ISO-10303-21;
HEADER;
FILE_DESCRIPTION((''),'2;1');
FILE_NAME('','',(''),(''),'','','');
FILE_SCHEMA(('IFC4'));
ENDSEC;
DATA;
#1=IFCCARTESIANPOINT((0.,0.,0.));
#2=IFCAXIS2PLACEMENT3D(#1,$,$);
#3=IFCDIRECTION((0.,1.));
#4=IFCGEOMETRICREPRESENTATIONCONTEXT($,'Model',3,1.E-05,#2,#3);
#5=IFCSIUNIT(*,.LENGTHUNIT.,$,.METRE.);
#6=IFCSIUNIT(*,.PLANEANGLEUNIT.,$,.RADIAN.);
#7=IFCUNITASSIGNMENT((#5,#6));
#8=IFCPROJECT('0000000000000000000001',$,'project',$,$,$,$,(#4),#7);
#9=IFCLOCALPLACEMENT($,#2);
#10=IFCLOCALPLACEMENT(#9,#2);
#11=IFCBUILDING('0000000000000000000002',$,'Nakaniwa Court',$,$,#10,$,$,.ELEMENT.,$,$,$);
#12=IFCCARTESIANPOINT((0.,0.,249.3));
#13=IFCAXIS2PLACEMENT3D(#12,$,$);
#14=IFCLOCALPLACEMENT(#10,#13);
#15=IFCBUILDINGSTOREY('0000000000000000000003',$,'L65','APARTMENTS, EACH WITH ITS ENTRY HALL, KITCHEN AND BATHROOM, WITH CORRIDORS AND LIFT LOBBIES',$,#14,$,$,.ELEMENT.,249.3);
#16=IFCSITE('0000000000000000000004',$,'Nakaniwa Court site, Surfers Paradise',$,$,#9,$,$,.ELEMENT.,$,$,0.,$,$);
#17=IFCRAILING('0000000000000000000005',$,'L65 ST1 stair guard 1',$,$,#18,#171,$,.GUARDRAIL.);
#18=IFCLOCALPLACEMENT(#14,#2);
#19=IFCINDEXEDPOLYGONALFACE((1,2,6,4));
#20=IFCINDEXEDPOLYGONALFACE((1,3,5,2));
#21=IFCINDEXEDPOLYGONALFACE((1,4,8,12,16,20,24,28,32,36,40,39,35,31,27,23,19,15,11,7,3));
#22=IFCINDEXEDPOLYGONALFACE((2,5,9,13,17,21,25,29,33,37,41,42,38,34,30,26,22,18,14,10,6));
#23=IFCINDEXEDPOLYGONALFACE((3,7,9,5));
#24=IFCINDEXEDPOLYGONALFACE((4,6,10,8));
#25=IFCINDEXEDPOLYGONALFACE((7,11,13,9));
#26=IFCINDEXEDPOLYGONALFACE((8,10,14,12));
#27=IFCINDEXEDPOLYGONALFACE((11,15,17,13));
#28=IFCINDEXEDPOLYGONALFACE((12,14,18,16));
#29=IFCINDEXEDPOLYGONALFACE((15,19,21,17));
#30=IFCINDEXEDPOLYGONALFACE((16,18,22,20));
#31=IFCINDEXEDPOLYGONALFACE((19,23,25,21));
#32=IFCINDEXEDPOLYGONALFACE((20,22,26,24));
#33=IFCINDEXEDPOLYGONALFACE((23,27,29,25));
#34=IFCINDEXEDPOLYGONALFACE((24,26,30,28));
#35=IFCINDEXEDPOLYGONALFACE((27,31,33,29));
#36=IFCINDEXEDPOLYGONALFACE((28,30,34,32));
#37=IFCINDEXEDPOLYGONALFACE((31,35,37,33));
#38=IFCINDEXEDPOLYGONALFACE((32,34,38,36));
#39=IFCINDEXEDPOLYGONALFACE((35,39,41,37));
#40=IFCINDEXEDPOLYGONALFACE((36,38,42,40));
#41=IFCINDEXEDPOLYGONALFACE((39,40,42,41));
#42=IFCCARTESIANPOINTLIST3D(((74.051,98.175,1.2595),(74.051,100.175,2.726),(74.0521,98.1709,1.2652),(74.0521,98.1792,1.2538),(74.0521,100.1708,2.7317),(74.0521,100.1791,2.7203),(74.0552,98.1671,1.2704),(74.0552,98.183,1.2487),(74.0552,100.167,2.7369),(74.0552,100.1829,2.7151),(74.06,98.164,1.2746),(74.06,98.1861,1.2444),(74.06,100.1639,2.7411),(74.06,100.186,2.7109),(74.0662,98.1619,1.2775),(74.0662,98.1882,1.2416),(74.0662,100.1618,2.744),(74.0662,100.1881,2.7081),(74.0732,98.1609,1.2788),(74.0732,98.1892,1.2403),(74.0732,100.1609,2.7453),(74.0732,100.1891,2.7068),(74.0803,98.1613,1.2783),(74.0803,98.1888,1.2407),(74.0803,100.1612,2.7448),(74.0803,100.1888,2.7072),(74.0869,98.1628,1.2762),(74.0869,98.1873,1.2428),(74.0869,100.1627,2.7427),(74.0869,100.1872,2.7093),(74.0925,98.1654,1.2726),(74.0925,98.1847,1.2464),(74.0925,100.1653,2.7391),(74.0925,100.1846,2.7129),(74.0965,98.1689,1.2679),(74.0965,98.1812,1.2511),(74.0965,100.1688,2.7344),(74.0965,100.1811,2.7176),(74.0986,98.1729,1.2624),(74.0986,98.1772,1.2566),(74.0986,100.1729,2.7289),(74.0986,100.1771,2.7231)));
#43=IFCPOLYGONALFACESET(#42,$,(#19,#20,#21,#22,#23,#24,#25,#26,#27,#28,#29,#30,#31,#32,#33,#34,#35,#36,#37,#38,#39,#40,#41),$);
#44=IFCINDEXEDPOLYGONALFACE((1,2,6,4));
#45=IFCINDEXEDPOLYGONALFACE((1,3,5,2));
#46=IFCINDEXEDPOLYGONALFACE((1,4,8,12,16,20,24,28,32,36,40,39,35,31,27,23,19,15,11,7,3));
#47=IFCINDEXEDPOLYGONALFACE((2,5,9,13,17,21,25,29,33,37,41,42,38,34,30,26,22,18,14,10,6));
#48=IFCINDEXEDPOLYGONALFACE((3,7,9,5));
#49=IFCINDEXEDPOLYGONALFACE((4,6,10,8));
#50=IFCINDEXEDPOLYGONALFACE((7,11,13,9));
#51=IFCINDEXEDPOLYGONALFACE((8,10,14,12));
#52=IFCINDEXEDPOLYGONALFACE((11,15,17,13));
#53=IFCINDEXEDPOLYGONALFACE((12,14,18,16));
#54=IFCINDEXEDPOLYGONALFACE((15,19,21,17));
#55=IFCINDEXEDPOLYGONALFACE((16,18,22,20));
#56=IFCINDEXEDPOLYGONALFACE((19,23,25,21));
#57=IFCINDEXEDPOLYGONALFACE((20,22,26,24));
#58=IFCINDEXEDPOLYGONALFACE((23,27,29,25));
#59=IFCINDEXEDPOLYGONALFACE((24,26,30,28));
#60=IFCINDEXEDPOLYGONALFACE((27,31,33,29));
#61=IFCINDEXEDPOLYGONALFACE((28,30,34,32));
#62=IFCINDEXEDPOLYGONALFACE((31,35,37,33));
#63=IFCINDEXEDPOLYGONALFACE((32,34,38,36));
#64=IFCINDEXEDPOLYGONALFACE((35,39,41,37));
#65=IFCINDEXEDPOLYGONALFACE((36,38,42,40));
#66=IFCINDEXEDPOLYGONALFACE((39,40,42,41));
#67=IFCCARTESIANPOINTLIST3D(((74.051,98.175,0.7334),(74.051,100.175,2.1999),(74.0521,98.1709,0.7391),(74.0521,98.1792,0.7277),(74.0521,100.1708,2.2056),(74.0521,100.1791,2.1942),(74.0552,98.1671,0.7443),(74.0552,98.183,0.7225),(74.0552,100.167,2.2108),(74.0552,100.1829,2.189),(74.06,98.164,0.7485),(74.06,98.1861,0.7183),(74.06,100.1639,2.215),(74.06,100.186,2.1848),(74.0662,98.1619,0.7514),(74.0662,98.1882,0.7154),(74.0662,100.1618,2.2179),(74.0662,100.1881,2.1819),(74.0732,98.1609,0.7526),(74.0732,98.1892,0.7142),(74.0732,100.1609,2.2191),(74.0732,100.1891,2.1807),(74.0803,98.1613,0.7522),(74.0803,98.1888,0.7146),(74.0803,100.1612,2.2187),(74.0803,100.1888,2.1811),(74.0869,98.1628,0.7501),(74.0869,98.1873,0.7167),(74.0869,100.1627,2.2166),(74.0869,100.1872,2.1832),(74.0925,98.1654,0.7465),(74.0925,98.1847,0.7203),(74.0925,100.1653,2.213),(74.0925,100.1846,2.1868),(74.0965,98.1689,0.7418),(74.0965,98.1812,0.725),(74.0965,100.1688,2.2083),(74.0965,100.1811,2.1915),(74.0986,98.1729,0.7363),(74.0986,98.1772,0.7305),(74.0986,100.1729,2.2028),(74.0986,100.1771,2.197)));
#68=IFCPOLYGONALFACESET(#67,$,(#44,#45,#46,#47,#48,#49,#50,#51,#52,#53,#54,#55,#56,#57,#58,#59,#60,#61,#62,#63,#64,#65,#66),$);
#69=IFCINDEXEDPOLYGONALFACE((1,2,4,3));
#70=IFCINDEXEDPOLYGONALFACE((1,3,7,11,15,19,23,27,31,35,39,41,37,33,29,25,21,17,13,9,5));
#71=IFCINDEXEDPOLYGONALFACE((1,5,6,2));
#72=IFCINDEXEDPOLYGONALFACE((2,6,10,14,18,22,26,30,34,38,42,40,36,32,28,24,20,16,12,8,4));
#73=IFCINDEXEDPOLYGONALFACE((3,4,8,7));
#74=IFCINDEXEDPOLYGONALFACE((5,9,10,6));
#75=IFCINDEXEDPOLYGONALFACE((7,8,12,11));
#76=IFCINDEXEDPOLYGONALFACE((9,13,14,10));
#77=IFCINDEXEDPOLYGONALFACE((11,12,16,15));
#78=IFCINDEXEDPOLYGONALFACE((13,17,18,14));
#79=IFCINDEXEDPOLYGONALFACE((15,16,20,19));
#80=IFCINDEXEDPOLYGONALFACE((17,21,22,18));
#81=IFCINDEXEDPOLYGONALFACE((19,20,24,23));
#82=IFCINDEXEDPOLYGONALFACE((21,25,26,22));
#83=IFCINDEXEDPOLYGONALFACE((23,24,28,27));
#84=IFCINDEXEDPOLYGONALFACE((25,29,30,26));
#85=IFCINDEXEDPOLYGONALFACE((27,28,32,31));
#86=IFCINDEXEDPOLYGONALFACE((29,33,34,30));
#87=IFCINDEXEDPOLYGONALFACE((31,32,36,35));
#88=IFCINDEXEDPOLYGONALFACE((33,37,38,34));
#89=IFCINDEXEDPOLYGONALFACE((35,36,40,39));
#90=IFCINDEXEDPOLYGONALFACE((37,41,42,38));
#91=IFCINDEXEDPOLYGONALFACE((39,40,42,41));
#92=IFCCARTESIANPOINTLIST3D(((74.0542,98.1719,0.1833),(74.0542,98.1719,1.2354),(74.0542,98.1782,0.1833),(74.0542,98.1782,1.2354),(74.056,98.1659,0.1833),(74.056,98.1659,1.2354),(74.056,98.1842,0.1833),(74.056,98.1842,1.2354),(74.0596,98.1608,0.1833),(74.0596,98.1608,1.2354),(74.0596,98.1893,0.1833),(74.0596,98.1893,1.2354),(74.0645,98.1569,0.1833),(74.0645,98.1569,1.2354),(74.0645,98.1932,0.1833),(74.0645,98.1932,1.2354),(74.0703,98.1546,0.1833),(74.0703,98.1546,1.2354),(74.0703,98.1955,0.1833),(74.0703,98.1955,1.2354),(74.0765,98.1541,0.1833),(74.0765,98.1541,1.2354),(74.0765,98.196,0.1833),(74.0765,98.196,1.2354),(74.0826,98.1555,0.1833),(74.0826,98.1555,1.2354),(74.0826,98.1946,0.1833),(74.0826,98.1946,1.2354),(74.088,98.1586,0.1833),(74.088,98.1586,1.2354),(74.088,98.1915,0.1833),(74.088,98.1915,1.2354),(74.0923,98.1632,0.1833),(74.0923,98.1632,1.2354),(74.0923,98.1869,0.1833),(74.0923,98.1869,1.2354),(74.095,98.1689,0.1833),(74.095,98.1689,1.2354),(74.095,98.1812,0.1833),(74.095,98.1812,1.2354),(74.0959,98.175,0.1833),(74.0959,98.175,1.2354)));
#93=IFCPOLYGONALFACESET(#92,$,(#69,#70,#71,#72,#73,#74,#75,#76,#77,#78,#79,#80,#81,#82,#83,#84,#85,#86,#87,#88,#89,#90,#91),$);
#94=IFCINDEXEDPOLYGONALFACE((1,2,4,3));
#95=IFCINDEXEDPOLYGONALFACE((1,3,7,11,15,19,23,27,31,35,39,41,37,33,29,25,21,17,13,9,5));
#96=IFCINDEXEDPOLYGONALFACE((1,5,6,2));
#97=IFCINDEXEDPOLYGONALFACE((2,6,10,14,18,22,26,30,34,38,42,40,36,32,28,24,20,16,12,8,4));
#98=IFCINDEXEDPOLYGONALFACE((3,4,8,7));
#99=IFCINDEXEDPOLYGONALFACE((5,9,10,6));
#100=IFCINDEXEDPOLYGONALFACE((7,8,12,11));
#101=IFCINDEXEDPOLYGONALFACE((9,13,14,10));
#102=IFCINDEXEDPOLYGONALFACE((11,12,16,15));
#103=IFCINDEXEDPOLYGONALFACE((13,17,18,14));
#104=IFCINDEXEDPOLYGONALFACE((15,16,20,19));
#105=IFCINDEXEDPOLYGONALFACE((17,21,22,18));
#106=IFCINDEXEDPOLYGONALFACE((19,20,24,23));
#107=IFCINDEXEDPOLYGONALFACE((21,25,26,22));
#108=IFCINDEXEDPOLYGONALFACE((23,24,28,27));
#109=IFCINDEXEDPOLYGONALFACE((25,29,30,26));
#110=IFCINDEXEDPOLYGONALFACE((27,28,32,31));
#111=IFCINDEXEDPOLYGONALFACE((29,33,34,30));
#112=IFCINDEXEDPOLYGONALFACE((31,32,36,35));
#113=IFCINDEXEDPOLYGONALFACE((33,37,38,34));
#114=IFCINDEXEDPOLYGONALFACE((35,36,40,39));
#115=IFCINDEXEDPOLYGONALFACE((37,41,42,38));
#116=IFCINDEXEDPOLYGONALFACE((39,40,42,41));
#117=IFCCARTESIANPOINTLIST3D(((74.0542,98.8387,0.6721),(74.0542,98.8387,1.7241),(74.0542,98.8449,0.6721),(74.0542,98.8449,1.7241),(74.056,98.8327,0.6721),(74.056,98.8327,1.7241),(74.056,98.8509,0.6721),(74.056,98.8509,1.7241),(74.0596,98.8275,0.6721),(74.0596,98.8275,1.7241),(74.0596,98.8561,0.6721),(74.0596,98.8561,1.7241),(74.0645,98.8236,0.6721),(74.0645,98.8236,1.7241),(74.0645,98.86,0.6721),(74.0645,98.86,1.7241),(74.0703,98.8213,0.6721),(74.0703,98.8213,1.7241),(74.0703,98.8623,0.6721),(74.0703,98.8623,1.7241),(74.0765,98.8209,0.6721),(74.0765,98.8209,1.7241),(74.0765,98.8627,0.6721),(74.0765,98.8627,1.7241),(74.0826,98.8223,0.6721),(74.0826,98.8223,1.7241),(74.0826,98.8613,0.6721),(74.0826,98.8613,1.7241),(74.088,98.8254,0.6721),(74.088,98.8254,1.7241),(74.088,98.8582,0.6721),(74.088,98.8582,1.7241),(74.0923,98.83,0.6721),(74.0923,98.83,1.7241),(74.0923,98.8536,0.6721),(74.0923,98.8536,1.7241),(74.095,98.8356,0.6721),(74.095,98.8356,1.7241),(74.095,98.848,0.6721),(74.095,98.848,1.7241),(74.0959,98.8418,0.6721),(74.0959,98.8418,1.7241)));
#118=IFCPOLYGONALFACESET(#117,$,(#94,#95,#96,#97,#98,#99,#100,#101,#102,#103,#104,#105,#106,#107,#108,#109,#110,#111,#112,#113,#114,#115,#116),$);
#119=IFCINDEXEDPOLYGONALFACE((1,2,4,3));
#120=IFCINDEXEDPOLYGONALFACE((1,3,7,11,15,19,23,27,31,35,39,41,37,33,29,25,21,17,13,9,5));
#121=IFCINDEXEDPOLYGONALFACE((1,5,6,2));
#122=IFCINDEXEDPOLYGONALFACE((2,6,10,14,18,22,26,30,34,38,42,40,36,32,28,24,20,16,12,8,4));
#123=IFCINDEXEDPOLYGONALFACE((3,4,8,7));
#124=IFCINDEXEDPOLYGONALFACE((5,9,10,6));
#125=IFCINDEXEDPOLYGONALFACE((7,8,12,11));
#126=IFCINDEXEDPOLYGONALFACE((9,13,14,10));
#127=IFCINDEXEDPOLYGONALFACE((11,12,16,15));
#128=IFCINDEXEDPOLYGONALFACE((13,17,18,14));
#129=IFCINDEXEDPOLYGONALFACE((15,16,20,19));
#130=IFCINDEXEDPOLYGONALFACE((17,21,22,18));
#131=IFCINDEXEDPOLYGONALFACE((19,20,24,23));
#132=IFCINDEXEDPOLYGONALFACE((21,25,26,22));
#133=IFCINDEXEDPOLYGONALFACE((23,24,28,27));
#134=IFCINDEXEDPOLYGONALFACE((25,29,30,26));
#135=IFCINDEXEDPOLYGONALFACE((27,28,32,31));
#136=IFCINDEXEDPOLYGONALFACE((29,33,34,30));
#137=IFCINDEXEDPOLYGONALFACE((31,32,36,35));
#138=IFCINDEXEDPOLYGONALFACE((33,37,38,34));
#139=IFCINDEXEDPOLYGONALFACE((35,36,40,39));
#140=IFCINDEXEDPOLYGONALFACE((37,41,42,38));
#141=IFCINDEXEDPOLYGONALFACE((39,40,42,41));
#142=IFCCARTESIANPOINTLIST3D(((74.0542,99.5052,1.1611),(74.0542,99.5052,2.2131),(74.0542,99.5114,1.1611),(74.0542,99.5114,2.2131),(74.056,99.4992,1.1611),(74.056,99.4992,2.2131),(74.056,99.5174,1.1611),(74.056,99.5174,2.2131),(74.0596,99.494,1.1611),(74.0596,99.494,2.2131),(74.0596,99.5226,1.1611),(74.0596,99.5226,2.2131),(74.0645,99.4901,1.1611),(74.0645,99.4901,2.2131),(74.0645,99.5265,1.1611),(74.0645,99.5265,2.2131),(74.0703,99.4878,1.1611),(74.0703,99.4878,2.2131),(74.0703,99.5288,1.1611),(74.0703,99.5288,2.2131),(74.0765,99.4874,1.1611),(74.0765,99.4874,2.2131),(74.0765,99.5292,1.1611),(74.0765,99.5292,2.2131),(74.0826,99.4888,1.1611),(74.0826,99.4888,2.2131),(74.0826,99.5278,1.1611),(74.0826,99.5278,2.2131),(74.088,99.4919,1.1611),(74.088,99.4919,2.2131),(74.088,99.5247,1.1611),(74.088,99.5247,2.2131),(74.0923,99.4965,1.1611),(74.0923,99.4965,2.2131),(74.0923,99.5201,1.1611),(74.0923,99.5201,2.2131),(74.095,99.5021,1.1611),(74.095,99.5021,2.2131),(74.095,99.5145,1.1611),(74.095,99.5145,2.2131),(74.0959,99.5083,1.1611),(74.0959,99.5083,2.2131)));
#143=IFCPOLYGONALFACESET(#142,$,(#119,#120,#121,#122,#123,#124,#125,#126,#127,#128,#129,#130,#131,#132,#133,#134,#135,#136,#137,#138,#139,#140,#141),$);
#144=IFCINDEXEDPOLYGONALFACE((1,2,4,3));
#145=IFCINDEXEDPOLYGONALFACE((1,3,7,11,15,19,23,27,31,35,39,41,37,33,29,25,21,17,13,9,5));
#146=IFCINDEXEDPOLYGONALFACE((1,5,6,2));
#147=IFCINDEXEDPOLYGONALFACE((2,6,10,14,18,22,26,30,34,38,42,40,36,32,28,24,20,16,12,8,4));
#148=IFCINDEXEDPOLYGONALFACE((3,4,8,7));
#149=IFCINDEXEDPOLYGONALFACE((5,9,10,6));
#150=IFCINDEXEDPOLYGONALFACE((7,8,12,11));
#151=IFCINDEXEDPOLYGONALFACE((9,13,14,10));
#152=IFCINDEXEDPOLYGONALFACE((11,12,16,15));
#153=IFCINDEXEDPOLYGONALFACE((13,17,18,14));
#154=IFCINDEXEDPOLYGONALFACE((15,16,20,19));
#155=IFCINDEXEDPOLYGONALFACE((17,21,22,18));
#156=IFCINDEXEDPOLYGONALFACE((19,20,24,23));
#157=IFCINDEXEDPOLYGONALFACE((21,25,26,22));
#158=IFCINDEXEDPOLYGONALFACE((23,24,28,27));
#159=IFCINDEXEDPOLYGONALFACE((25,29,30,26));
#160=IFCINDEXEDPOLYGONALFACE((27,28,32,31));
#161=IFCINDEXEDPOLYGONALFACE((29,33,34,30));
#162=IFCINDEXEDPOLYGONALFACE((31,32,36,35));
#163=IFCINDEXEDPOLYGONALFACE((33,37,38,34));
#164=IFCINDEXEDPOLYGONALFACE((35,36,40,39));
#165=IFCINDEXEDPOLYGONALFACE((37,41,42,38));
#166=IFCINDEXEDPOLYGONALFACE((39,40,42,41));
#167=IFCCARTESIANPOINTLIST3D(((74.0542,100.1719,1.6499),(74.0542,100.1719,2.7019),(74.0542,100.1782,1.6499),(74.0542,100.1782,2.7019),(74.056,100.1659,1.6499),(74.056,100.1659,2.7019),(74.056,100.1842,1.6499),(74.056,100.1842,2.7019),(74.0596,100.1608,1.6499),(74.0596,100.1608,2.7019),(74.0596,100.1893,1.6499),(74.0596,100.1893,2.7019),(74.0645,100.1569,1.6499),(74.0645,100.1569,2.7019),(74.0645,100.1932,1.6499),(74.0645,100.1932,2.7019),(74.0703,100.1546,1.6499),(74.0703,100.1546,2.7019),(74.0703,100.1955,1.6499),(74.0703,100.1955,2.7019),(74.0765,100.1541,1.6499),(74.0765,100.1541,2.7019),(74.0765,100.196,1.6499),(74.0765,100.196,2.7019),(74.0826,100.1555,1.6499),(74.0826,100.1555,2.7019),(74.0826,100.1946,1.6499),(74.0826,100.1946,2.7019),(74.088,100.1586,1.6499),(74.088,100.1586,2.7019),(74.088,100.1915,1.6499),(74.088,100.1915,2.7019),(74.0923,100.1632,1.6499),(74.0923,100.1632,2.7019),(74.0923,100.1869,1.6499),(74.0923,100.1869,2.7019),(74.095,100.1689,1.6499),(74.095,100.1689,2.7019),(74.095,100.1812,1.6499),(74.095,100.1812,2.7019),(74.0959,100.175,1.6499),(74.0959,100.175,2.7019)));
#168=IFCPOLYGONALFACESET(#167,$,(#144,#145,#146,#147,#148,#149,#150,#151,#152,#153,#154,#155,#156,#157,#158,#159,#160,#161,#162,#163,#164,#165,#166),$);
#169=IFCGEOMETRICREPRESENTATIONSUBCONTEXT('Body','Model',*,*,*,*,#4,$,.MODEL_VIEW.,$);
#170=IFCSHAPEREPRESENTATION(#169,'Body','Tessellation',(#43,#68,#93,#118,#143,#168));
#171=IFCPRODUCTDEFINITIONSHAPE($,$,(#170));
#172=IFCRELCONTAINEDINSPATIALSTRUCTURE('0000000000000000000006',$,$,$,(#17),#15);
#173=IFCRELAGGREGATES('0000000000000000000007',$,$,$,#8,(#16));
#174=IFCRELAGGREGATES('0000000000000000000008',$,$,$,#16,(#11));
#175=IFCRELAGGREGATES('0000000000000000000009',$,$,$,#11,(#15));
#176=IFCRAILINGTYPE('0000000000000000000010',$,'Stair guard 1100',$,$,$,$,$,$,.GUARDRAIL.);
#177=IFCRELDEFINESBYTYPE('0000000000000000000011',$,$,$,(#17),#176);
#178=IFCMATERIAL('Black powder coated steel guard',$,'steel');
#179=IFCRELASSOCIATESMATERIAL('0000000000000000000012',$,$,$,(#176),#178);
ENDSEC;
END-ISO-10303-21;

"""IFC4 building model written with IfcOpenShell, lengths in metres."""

from ifc_helpers import new_model, si_unit, direction, frame, origin, origin_2d, place, context, subcontext, project, spatial, circle, extrude, material, type_object, element, save


model = new_model("IFC4")

# Units and contexts
model_context = context("Model", 3, precision=1e-05, world=origin(), true_north=direction((0.0, 1.0)))
body_context = subcontext(model_context, "Body", "Model", "MODEL_VIEW")
ifc_project = project(units=[si_unit("LENGTHUNIT", "METRE"), si_unit("PLANEANGLEUNIT", "RADIAN")], contexts=[model_context])

# Site, building, storey
site_placement = place(None, origin())
site = spatial("IfcSite", under=ifc_project, at=site_placement, Name="Nakaniwa Court site, Surfers Paradise", CompositionType="ELEMENT", RefElevation=0.0)
building_placement = place(site_placement, origin())
building = spatial("IfcBuilding", under=site, at=building_placement, Name="Nakaniwa Court", CompositionType="ELEMENT")
storey_placement = place(building_placement, frame((0.0, 0.0, 249.3)))
storey = spatial("IfcBuildingStorey", under=building, at=storey_placement, Name="L65", Description="APARTMENTS, EACH WITH ITS ENTRY HALL, KITCHEN AND BATHROOM, WITH CORRIDORS AND LIFT LOBBIES", CompositionType="ELEMENT", Elevation=249.3)

# Railing
ifc_material_1 = material(Name="Black powder coated steel guard", Category="steel")
railing_type_1 = type_object("IfcRailingType", Name="Stair guard 1100", PredefinedType="GUARDRAIL", material=ifc_material_1)
railing_1_placement = place(storey_placement, frame((74.075, 98.175, 0.1833)))
element("IfcRailing", 1, at=railing_1_placement, inside=storey, type_object=railing_type_1, Name="L65 ST1 stair guard 1", PredefinedType="GUARDRAIL", context=body_context, shape_type="SweptSolid", body=[
    extrude(circle(Radius=0.0239, at=origin_2d()), frame((0.0, 0.0, 1.0762), z_axis=(0.0, 0.806427, 0.591334), x_axis=(-1.0, 0.0, 0.0)), (0.0, 0.0, 1.0), 2.48),
    extrude(circle(Radius=0.0239, at=origin_2d()), frame((0.0, 0.0, 0.55), z_axis=(0.0, 0.806427, 0.591334), x_axis=(-1.0, 0.0, 0.0)), (0.0, 0.0, 1.0), 2.48),
    extrude(circle(Radius=0.021, at=origin_2d()), origin(), (0.0, 0.0, 1.0), 1.052),
    extrude(circle(Radius=0.021, at=origin_2d()), frame((0.0, 0.6667, 0.4888)), (0.0, 0.0, 1.0), 1.052),
    extrude(circle(Radius=0.021, at=origin_2d()), frame((0.0, 1.3333, 0.9778)), (0.0, 0.0, 1.0), 1.052),
    extrude(circle(Radius=0.021, at=origin_2d()), frame((0.0, 2.0, 1.4666)), (0.0, 0.0, 1.0), 1.052),
])

save(model, "model.ifc")
